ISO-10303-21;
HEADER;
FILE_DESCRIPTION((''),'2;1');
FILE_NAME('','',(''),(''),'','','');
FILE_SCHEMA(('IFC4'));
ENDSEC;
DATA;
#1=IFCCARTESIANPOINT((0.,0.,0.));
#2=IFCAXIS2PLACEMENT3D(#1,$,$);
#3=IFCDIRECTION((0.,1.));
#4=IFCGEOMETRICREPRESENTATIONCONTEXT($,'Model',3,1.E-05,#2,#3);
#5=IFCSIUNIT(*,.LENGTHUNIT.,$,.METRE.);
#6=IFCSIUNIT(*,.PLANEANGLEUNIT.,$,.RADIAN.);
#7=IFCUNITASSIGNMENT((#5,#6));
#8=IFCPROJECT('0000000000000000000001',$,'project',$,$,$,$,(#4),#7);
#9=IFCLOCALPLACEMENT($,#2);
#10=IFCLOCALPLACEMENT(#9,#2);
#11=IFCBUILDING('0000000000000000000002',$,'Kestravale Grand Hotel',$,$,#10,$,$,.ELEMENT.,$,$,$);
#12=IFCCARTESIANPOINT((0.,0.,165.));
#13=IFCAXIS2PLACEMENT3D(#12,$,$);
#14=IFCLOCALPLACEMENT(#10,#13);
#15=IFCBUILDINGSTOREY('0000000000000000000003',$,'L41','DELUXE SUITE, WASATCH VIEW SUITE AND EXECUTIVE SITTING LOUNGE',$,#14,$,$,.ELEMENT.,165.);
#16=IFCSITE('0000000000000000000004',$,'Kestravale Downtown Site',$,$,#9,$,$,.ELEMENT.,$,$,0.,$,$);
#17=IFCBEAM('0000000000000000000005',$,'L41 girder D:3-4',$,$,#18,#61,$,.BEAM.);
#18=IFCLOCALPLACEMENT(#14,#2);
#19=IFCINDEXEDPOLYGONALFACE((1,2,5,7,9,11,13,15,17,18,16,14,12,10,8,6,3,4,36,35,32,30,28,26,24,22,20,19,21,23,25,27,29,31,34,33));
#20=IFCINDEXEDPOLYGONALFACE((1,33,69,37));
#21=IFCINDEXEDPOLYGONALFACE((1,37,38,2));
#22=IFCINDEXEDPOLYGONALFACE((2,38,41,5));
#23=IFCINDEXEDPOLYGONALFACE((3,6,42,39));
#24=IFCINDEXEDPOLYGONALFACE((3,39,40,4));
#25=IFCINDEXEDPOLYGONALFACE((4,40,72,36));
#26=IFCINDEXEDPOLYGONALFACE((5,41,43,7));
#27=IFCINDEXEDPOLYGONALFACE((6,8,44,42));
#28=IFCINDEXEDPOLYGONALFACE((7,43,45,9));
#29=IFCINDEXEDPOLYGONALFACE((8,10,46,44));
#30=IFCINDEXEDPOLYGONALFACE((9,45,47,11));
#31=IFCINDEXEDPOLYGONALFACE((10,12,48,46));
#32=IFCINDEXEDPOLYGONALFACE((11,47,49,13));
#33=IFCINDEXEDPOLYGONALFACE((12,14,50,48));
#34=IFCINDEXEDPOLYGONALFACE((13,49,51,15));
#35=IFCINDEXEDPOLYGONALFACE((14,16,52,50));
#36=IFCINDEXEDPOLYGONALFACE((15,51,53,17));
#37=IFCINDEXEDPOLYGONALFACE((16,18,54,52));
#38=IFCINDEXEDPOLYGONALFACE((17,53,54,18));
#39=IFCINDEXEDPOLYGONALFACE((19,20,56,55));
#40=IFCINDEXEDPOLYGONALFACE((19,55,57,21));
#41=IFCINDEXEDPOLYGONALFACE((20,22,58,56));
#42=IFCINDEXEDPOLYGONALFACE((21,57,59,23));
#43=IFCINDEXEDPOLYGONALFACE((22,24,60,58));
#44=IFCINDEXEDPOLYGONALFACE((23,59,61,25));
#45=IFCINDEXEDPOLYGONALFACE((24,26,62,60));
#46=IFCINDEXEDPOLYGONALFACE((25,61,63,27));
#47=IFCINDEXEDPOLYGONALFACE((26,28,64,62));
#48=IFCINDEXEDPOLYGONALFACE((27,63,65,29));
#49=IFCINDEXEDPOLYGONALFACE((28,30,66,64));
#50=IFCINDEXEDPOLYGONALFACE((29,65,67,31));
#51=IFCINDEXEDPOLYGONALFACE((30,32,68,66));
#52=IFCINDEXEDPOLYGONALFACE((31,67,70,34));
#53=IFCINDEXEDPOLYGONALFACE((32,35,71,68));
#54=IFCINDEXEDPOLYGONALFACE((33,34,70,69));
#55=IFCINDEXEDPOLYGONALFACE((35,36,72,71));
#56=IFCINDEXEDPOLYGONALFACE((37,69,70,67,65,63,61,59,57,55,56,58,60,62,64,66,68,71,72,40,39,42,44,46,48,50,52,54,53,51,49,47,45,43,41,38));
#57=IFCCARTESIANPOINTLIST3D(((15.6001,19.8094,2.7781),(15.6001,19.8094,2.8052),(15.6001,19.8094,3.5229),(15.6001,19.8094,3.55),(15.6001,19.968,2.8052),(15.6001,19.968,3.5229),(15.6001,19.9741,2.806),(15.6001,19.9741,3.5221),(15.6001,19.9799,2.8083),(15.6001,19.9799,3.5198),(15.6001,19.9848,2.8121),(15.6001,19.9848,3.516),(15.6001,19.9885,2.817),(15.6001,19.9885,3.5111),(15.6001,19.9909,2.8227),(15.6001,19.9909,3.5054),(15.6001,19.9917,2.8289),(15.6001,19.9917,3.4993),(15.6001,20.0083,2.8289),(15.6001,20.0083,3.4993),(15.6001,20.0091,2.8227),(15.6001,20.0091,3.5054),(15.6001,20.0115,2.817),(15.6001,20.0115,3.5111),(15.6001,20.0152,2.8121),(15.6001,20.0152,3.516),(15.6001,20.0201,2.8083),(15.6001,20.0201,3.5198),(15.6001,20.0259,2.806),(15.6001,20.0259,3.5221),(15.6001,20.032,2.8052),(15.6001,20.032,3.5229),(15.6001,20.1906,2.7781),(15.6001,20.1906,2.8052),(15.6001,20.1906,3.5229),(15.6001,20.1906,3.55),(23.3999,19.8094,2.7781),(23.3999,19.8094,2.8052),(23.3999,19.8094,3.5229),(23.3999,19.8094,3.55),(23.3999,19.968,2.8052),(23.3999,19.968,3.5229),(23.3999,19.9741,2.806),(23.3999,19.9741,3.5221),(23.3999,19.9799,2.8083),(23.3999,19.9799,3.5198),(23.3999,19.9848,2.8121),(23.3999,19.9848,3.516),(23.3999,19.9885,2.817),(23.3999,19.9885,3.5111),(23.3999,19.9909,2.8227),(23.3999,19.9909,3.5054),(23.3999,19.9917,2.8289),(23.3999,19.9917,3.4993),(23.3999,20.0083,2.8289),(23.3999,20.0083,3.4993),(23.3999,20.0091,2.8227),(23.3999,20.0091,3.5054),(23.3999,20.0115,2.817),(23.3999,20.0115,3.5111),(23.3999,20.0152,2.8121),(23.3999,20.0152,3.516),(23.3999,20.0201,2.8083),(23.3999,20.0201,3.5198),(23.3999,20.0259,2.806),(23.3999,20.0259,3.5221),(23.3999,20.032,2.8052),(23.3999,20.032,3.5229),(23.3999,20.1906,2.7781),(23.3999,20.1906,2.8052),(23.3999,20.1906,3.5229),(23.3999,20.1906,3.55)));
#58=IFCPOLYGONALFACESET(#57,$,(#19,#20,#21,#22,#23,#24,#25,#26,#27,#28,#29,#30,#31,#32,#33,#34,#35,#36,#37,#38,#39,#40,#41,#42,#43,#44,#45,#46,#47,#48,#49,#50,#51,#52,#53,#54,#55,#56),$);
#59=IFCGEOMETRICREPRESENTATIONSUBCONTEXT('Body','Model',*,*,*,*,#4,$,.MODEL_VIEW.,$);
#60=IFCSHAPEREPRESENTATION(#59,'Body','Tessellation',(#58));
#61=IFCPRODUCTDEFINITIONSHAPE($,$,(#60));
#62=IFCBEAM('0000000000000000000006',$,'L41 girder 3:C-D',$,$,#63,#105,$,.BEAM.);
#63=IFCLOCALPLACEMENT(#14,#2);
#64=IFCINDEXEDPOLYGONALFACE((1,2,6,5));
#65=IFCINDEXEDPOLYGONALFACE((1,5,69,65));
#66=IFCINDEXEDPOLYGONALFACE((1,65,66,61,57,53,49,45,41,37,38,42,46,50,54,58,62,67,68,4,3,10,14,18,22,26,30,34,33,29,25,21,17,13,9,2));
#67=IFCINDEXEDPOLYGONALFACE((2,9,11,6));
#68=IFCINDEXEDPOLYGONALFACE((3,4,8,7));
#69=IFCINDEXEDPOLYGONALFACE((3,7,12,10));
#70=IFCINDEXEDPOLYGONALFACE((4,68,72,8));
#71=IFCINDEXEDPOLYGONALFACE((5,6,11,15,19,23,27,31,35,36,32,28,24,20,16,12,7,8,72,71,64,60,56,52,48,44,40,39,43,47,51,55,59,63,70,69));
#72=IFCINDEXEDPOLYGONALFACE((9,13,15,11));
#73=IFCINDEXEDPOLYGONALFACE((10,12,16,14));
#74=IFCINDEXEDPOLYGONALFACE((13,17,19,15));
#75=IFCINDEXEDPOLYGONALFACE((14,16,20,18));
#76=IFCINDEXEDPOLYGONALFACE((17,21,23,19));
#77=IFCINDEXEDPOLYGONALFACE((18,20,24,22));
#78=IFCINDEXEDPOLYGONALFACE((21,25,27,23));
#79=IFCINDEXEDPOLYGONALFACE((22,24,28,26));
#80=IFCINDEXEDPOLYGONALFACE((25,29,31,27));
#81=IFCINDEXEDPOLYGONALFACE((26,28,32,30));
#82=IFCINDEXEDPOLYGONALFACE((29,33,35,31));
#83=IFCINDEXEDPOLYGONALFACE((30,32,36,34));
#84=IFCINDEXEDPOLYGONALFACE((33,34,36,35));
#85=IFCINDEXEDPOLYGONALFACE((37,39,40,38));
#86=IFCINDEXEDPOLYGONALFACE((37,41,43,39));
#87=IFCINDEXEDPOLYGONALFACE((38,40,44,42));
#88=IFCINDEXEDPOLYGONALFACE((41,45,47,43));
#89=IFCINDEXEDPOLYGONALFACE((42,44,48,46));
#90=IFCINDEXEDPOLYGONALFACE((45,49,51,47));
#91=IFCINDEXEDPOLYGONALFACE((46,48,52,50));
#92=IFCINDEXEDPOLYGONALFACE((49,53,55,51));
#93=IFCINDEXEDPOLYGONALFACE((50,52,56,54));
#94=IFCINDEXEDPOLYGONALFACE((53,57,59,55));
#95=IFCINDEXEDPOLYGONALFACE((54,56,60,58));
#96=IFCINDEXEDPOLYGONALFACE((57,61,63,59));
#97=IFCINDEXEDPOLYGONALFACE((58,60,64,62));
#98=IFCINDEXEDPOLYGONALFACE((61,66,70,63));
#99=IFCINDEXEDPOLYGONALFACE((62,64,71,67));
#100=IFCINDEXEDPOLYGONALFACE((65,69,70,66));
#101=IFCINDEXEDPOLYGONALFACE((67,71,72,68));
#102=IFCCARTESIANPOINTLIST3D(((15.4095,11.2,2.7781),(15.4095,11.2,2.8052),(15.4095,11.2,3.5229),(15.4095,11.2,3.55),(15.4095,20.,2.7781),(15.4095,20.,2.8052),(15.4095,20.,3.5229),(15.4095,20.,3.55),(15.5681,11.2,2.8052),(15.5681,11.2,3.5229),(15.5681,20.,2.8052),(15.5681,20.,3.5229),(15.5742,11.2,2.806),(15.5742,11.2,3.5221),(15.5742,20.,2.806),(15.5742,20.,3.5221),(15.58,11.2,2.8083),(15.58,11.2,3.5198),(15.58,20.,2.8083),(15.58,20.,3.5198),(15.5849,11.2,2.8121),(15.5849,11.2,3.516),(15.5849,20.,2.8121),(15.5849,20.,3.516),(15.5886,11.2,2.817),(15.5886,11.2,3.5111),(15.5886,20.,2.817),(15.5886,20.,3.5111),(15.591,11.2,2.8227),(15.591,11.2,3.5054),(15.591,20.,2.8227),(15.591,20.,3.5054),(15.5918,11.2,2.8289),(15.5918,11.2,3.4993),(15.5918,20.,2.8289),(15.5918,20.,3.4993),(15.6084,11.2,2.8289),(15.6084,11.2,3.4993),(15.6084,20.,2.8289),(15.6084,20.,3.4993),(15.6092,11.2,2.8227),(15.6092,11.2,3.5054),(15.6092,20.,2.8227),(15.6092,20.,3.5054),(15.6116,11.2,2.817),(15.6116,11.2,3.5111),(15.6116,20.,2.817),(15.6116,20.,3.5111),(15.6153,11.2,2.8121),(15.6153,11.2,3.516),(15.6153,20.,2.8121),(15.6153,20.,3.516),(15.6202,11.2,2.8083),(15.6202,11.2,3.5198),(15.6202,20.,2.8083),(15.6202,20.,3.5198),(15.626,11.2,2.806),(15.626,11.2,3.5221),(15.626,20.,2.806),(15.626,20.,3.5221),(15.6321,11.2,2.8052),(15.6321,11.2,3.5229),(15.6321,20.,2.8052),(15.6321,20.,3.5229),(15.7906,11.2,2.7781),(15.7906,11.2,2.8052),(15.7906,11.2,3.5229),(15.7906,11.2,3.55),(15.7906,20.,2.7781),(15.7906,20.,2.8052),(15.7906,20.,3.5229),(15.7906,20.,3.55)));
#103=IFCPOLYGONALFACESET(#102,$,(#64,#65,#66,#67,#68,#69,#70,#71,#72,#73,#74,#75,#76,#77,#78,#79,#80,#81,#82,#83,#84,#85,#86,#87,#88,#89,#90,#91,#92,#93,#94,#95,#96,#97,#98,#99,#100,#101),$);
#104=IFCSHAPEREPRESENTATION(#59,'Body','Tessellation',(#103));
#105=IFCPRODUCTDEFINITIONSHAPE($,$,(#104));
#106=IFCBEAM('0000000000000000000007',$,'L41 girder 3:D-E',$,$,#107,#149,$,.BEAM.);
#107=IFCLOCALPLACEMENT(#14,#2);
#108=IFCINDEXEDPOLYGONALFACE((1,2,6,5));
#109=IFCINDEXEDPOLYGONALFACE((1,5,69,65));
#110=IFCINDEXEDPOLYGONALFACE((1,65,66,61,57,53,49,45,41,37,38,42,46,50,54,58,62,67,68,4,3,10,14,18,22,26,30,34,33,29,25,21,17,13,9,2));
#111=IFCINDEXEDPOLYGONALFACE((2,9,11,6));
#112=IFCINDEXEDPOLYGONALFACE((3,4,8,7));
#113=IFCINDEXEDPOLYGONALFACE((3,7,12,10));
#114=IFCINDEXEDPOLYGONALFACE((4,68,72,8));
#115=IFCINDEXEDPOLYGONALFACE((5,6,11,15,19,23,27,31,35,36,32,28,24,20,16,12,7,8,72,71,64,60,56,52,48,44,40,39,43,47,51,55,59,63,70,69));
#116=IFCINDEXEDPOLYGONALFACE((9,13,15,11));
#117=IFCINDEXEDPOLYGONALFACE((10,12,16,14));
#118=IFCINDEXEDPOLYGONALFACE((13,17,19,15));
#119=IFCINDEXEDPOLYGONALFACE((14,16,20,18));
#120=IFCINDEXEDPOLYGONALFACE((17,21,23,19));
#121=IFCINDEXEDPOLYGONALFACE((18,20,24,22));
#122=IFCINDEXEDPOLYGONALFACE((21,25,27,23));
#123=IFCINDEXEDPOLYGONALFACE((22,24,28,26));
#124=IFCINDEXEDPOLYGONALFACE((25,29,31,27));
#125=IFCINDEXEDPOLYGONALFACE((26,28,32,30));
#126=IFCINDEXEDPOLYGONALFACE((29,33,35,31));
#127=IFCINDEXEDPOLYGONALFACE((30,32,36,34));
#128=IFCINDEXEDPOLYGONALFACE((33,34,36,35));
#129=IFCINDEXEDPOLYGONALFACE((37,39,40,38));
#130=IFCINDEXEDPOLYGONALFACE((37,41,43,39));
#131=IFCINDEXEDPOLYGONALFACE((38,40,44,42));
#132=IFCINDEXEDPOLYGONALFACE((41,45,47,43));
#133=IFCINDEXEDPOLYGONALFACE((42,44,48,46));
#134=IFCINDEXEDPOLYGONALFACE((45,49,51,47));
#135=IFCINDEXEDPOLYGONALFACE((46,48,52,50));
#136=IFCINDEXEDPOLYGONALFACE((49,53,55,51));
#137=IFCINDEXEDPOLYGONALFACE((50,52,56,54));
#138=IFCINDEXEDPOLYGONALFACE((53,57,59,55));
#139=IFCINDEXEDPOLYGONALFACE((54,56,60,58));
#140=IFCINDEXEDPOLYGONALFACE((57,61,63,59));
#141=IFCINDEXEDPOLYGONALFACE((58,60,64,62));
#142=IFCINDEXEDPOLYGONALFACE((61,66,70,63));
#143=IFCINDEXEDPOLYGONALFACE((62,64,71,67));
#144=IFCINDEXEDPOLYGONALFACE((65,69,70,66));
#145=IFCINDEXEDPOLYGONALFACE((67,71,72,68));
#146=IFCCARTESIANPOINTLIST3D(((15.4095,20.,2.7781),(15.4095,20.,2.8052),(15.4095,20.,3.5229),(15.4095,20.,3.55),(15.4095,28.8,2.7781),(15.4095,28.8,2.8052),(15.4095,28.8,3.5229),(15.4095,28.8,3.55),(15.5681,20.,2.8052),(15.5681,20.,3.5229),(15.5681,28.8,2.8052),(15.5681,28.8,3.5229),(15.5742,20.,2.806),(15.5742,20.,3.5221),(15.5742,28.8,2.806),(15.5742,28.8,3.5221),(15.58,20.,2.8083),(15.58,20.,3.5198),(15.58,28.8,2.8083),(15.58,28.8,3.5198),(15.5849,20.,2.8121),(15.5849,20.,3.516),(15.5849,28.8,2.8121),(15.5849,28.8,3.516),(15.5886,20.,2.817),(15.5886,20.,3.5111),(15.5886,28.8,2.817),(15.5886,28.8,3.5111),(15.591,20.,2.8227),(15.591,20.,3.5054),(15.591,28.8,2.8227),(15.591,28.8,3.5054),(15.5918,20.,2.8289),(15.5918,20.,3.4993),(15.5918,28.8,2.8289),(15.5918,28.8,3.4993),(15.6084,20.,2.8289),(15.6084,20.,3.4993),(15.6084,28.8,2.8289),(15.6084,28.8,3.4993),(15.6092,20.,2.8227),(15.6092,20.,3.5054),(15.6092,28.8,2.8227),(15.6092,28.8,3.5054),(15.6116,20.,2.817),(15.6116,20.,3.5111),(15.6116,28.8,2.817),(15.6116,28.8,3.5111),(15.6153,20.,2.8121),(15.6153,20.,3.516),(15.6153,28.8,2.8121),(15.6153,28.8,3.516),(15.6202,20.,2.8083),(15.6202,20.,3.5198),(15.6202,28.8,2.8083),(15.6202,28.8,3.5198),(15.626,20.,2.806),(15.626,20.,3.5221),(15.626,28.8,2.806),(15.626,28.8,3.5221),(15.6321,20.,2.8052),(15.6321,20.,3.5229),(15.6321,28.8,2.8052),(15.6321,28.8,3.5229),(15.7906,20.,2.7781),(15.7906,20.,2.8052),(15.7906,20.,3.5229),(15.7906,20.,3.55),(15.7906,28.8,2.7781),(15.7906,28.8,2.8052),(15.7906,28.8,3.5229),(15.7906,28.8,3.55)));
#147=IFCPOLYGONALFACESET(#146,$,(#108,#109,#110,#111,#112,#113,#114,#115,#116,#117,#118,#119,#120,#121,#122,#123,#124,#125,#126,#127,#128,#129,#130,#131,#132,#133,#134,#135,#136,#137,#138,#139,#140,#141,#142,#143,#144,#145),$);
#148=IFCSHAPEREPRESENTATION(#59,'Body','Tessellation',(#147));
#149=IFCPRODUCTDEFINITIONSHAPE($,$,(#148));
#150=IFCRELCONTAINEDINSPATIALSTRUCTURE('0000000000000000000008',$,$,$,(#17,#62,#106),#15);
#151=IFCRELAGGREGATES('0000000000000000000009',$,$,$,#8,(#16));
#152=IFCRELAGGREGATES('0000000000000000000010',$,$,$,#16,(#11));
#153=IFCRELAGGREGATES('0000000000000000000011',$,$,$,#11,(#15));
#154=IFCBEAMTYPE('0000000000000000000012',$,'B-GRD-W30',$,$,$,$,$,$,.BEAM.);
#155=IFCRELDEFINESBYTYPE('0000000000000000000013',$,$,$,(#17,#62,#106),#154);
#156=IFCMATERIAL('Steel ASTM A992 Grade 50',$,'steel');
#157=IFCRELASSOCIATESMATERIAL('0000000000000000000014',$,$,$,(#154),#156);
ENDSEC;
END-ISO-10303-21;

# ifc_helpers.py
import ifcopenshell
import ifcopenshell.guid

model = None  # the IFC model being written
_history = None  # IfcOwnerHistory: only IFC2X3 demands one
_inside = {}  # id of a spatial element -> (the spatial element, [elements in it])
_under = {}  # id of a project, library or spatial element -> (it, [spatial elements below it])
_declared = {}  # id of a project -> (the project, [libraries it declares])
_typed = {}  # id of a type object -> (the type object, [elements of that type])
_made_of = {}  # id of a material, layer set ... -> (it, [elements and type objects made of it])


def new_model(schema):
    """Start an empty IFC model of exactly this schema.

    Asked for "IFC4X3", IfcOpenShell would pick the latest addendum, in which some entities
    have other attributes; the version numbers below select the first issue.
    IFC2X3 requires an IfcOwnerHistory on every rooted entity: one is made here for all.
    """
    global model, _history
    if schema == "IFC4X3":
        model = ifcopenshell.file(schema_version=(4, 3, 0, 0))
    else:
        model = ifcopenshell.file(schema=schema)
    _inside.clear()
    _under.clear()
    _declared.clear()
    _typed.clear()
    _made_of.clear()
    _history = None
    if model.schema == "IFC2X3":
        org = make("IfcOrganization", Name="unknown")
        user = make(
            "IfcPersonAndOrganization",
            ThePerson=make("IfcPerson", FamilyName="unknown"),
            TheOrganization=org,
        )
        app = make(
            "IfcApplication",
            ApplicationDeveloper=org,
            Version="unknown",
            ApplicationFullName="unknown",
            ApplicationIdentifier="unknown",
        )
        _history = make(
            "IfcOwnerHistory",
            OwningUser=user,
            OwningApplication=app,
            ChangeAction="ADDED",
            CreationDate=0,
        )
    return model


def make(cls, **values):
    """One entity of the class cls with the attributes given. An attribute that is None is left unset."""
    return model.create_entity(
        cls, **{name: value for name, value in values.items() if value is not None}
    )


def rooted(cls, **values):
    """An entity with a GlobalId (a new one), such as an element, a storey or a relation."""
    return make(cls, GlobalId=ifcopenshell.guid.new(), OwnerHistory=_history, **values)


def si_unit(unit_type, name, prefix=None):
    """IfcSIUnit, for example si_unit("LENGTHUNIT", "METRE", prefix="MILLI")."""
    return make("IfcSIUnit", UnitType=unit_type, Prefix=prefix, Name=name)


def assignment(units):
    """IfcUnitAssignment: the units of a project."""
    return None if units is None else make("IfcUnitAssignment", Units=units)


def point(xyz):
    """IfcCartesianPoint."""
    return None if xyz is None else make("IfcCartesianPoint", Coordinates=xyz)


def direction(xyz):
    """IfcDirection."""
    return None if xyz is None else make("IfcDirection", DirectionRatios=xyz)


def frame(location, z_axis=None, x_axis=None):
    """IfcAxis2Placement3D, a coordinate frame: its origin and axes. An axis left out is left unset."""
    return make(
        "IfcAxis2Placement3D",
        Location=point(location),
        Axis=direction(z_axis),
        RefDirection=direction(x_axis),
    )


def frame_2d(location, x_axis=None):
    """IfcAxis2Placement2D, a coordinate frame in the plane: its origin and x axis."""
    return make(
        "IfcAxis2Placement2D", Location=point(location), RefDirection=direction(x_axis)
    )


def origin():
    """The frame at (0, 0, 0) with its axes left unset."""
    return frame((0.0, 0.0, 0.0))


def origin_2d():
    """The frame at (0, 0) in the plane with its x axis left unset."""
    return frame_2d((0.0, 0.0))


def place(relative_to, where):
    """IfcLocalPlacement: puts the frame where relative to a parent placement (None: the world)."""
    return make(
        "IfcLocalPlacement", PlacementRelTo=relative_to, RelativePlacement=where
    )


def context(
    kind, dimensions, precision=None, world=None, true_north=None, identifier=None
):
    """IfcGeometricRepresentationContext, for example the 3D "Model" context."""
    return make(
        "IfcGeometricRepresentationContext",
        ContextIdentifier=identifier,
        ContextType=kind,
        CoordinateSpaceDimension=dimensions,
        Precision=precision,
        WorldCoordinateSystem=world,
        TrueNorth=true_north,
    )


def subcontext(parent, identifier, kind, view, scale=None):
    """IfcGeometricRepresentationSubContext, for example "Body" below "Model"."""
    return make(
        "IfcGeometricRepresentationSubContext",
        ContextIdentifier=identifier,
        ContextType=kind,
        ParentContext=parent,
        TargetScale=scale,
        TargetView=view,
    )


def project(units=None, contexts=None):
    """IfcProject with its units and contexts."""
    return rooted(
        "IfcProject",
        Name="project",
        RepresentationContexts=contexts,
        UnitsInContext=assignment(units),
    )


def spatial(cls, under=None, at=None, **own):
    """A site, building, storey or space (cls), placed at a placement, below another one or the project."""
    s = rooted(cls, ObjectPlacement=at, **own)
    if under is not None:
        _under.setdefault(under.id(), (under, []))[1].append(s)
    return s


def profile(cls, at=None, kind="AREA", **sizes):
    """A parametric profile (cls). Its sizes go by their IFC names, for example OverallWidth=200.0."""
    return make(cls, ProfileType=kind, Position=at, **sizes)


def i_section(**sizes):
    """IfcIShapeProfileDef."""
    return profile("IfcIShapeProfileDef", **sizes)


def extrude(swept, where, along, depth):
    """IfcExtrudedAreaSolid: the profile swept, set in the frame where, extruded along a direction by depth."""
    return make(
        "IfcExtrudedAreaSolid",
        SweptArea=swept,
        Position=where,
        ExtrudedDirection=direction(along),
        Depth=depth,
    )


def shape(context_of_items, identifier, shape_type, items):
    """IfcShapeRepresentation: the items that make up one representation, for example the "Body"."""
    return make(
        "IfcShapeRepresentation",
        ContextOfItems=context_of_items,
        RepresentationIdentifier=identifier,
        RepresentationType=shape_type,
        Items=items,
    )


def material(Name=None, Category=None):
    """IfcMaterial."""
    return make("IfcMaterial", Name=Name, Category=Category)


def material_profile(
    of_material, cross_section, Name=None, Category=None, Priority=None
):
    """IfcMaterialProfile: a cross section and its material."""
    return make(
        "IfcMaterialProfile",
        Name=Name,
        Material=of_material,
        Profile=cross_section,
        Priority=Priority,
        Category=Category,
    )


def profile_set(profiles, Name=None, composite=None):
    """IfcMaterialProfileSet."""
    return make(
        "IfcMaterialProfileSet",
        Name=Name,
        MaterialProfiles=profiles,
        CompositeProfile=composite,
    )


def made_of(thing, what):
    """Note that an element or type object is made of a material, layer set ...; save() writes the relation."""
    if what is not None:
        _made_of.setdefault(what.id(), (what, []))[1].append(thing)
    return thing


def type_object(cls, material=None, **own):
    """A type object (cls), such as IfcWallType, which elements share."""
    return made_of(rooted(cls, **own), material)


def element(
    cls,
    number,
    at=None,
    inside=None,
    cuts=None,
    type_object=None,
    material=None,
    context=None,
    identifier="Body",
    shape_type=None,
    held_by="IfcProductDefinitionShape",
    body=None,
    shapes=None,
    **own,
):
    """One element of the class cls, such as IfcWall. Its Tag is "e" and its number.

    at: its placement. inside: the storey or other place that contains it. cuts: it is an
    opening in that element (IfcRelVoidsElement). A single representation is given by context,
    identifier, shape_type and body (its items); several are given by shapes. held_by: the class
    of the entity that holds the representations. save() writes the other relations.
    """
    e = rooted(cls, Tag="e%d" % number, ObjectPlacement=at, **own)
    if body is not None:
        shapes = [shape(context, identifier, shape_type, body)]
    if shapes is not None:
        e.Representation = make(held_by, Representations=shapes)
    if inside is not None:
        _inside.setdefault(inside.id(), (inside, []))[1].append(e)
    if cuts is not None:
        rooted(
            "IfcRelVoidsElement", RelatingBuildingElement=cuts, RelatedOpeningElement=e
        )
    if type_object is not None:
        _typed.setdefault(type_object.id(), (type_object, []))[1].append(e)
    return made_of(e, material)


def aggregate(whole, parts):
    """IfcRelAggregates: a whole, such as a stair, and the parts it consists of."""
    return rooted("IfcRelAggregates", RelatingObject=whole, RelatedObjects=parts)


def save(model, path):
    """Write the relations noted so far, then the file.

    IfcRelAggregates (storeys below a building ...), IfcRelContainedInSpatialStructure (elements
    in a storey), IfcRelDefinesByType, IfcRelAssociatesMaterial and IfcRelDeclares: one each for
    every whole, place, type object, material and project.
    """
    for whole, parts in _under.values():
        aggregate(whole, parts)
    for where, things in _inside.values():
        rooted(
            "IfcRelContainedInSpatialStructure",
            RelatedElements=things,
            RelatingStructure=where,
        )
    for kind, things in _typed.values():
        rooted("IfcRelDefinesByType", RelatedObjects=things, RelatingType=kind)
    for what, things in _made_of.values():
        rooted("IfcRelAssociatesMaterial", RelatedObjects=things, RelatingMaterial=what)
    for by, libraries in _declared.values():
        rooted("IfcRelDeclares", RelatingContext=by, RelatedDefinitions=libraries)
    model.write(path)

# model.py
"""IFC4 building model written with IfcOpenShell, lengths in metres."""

from ifc_helpers import new_model, si_unit, direction, frame, origin, origin_2d, place, context, subcontext, project, spatial, i_section, extrude, material, material_profile, profile_set, type_object, element, save


model = new_model("IFC4")

# Units and contexts
model_context = context("Model", 3, precision=1e-05, world=origin(), true_north=direction((0.0, 1.0)))
body_context = subcontext(model_context, "Body", "Model", "MODEL_VIEW")
ifc_project = project(units=[si_unit("LENGTHUNIT", "METRE"), si_unit("PLANEANGLEUNIT", "RADIAN")], contexts=[model_context])

# Site, building, storey
site_placement = place(None, origin())
site = spatial("IfcSite", under=ifc_project, at=site_placement, Name="Kestravale Downtown Site", CompositionType="ELEMENT", RefElevation=0.0)
building_placement = place(site_placement, origin())
building = spatial("IfcBuilding", under=site, at=building_placement, Name="Kestravale Grand Hotel", CompositionType="ELEMENT")
storey_placement = place(building_placement, frame((0.0, 0.0, 165.0)))
storey = spatial("IfcBuildingStorey", under=building, at=storey_placement, Name="L41", Description="DELUXE SUITE, WASATCH VIEW SUITE AND EXECUTIVE SITTING LOUNGE", CompositionType="ELEMENT", Elevation=165.0)

# Beams
ifc_material_1 = material(Name="Steel ASTM A992 Grade 50", Category="steel")
ifc_material_profile_1 = material_profile(ifc_material_1, i_section(OverallWidth=0.3811, OverallDepth=0.772, WebThickness=0.0166, FlangeThickness=0.0271, FilletRadius=0.0237, at=origin_2d()))
ifc_profile_set_1 = profile_set([ifc_material_profile_1], Name="Steel ASTM A992 Grade 50")
beam_type_1 = type_object("IfcBeamType", Name="B-GRD-W30", PredefinedType="BEAM", material=ifc_profile_set_1)
beam_1_placement = place(storey_placement, frame((15.6001, 20.0, 3.1641), z_axis=(1.0, 0.0, 0.0), x_axis=(0.0, 1.0, 0.0)))
element("IfcBeam", 1, at=beam_1_placement, inside=storey, type_object=beam_type_1, Name="L41 girder D:3-4", PredefinedType="BEAM", context=body_context, shape_type="SweptSolid", body=[
    extrude(i_section(OverallWidth=0.3811, OverallDepth=0.772, WebThickness=0.0166, FlangeThickness=0.0271, FilletRadius=0.0237, at=origin_2d()), origin(), (0.0, 0.0, 1.0), 7.7998),
])
for number, where, z_axis, x_axis, name in (
    (2, (15.6001, 11.2, 3.1641), (0.0, 1.0, 0.0), (-1.0, 0.0, 0.0), "L41 girder 3:C-D"),
    (3, (15.6001, 20.0, 3.1641), (0.0, 1.0, 0.0), (-1.0, 0.0, 0.0), "L41 girder 3:D-E"),
):
    element("IfcBeam", number, at=place(storey_placement, frame(where, z_axis=z_axis, x_axis=x_axis)), inside=storey, type_object=beam_type_1, Name=name, PredefinedType="BEAM", context=body_context, shape_type="SweptSolid", body=[
        extrude(i_section(OverallWidth=0.3811, OverallDepth=0.772, WebThickness=0.0166, FlangeThickness=0.0271, FilletRadius=0.0237, at=origin_2d()), origin(), (0.0, 0.0, 1.0), 8.8),
    ])

save(model, "model.ifc")
